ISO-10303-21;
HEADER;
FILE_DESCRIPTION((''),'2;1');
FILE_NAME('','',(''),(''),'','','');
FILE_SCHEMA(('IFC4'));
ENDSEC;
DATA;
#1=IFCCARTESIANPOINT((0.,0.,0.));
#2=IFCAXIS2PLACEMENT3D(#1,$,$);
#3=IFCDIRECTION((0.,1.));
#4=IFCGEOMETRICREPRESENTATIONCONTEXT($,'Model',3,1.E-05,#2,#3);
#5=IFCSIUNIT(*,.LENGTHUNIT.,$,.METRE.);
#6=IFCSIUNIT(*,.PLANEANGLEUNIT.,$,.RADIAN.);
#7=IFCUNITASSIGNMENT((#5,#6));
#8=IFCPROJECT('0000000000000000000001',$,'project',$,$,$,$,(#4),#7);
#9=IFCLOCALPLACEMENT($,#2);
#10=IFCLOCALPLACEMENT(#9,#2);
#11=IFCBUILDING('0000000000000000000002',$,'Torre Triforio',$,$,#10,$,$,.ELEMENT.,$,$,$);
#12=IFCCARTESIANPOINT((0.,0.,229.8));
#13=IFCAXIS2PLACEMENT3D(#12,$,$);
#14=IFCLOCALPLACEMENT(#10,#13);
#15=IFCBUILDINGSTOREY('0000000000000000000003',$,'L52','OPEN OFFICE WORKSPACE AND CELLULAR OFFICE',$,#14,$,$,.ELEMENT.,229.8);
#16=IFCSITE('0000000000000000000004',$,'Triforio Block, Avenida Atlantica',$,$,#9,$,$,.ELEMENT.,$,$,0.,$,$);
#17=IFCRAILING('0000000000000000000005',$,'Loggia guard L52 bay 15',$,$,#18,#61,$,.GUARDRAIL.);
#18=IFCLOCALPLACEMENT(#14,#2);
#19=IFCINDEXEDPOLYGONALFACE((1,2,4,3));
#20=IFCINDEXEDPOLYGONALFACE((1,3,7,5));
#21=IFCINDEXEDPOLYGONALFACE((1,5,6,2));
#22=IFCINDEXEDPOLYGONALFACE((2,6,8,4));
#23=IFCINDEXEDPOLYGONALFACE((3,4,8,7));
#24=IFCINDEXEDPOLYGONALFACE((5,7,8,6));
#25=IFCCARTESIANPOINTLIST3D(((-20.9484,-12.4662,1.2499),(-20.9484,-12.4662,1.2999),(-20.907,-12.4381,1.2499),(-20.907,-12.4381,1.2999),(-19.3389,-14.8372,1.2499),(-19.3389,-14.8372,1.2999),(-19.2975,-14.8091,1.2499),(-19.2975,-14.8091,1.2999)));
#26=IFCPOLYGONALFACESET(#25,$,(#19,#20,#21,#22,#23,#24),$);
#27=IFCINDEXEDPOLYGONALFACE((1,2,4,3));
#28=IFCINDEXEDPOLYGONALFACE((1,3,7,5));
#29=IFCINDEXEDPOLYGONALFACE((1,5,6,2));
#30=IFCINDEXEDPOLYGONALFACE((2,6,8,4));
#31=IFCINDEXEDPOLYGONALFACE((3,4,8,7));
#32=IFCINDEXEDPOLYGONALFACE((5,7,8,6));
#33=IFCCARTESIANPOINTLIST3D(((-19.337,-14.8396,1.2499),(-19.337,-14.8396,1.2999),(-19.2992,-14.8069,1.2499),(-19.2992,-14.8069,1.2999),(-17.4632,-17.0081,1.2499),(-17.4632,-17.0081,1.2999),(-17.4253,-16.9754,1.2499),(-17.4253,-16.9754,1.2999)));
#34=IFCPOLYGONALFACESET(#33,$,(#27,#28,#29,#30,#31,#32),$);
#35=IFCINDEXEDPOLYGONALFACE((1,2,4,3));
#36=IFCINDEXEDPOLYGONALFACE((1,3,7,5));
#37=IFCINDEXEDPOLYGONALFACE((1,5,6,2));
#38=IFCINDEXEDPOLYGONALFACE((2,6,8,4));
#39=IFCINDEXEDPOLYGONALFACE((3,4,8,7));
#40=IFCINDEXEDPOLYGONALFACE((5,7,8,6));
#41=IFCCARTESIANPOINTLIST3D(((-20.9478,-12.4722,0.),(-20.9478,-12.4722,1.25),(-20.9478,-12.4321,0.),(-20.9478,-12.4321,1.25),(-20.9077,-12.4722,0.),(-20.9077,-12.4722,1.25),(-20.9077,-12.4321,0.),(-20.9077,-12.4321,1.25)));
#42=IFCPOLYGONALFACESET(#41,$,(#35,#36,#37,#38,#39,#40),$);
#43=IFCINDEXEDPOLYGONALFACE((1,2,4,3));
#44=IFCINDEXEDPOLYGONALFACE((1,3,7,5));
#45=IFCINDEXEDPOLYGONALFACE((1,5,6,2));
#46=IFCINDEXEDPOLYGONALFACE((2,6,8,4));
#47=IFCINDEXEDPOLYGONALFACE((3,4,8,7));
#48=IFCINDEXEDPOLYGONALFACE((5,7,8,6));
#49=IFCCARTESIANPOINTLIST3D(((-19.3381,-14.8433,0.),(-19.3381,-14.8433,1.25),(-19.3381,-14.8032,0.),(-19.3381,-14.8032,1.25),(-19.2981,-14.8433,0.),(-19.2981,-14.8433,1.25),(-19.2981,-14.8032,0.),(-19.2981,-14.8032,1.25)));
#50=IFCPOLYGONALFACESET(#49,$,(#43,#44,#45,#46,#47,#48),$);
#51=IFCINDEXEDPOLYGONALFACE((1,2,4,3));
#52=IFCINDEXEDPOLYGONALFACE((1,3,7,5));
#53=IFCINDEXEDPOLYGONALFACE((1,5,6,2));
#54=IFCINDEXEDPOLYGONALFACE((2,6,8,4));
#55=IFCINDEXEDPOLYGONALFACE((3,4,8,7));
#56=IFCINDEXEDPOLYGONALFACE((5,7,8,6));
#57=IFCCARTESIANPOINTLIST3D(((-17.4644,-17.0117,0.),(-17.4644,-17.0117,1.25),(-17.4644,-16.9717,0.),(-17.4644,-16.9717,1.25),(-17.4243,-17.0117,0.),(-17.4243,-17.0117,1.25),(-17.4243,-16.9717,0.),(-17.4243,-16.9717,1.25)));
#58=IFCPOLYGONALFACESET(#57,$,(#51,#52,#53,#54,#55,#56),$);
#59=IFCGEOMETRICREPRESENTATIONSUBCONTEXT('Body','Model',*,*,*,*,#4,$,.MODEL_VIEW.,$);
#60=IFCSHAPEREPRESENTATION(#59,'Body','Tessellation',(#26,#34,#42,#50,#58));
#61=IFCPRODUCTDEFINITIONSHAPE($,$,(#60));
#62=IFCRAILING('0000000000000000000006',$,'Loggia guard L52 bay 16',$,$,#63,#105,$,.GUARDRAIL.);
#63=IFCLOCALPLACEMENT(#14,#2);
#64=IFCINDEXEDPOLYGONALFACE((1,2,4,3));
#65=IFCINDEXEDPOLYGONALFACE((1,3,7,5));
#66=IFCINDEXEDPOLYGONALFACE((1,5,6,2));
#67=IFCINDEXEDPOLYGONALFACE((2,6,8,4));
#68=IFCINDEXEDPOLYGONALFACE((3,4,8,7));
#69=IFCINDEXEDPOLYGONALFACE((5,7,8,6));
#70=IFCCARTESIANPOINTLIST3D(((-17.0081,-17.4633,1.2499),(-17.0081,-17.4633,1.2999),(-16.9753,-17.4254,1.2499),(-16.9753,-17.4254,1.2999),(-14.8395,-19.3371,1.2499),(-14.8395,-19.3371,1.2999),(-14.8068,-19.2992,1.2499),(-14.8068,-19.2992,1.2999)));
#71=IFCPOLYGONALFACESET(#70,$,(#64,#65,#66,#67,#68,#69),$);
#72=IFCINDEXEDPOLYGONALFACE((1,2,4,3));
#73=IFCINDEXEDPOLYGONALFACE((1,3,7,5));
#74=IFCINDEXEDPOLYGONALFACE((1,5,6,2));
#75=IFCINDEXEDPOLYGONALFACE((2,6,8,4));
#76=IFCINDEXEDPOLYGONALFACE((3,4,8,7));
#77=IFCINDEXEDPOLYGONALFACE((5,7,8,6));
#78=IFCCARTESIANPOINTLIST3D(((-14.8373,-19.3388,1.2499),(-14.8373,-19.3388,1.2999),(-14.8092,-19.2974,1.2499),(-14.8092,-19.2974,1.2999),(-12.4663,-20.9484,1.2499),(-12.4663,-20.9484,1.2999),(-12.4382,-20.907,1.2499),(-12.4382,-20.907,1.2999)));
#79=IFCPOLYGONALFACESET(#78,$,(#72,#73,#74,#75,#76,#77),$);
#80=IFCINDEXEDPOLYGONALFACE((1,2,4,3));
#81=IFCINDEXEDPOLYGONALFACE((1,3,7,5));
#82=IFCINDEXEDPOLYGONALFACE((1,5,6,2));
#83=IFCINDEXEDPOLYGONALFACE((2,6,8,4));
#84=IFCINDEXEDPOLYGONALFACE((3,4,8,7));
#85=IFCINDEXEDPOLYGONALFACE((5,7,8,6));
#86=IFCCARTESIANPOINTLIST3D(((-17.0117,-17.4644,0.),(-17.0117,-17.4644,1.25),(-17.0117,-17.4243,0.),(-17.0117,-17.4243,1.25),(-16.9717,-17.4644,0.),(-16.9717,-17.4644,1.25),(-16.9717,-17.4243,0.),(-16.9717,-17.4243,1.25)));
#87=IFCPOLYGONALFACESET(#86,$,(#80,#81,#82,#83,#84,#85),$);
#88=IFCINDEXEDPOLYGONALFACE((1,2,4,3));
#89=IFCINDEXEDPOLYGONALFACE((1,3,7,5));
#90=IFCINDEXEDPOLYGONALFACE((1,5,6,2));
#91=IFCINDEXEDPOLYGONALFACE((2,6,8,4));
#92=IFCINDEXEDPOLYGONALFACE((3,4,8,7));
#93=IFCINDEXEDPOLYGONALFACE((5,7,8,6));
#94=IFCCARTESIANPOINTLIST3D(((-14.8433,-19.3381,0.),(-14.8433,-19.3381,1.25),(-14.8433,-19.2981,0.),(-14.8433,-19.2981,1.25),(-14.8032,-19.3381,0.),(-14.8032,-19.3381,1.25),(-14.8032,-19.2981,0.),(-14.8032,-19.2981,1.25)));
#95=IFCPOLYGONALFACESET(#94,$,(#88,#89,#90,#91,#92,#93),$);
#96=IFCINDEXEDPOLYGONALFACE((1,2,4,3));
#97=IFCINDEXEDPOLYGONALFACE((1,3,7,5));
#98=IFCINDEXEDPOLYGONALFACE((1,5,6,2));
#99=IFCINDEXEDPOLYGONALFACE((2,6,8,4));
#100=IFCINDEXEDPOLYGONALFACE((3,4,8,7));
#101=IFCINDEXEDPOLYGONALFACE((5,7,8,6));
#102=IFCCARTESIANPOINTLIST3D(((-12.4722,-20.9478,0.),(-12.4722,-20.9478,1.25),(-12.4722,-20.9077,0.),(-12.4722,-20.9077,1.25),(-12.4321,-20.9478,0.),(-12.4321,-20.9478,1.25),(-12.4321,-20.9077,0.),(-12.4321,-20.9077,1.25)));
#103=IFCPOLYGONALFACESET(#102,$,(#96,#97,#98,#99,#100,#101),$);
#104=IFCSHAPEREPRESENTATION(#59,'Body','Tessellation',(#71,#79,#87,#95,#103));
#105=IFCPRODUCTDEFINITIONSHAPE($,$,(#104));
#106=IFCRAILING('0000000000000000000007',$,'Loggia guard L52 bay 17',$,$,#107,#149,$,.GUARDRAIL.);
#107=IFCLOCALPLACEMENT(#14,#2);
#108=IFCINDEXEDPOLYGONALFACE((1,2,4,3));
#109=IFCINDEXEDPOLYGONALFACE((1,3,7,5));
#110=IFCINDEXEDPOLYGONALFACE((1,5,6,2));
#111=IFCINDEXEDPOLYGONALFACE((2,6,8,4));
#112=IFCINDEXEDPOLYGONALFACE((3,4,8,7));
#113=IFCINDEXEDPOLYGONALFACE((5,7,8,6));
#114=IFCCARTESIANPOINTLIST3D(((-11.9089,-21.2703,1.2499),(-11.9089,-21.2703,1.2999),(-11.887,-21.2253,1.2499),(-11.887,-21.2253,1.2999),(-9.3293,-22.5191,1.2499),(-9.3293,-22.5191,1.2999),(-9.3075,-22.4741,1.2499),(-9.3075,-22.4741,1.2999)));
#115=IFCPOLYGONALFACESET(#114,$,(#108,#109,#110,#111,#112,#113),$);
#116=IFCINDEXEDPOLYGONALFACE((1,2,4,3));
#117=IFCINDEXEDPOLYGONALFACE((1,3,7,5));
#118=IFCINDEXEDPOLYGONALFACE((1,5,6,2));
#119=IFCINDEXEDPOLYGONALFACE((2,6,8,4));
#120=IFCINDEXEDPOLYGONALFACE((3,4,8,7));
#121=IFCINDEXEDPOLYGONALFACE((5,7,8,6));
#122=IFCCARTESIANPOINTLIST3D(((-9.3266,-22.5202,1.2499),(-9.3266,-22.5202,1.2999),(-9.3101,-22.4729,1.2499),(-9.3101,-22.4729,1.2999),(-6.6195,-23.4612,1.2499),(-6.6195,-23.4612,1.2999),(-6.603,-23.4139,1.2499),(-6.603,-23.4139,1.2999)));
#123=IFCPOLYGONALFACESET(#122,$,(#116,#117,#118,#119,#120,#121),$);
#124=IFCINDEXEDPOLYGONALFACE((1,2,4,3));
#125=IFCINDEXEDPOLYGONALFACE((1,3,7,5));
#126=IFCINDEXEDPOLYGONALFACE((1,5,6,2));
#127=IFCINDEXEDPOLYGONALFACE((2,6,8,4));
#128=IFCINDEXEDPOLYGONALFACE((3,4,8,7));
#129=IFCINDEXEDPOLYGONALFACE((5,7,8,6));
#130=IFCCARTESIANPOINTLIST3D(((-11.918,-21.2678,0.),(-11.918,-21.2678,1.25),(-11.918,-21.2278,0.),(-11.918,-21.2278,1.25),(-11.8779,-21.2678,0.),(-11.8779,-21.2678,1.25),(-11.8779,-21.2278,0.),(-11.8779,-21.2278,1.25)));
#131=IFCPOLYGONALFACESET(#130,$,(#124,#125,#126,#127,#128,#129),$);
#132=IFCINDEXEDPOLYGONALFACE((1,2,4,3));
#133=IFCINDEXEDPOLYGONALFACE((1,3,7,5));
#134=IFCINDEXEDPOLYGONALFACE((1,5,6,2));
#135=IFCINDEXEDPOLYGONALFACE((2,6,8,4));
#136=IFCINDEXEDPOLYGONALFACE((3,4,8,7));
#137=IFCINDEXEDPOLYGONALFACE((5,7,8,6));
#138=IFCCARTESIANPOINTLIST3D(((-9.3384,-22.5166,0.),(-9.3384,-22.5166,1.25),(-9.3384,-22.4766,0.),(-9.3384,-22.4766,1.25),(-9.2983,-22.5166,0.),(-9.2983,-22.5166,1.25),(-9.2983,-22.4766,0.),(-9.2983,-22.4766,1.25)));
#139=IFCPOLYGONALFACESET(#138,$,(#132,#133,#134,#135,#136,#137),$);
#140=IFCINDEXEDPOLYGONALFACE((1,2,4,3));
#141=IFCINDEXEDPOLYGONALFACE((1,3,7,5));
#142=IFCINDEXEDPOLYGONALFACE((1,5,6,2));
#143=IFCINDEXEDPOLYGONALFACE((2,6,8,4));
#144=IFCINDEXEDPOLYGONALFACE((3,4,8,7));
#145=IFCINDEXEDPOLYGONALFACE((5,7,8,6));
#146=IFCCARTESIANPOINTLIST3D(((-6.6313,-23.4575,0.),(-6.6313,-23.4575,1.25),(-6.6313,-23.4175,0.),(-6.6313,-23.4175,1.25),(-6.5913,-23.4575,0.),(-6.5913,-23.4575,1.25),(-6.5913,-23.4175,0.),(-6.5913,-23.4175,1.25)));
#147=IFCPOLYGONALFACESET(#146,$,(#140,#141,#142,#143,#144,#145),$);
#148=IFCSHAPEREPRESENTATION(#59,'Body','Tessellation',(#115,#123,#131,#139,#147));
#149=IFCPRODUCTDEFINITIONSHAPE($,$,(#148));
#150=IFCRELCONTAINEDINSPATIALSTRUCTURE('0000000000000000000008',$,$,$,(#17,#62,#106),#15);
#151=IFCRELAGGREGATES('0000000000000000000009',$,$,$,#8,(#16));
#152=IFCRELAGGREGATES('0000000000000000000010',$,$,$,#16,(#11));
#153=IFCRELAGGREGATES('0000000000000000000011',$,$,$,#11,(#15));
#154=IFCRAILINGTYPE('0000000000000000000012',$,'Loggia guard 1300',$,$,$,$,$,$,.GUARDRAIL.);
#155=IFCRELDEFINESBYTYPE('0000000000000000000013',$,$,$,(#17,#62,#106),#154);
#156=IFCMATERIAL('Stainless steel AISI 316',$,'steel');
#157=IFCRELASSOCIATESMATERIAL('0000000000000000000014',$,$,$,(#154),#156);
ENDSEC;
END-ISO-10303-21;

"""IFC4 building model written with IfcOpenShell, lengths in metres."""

from ifc_helpers import new_model, si_unit, direction, frame, origin, origin_2d, place, context, subcontext, project, spatial, rectangle, extrude, material, type_object, element, save


model = new_model("IFC4")

# Units and contexts
model_context = context("Model", 3, precision=1e-05, world=origin(), true_north=direction((0.0, 1.0)))
body_context = subcontext(model_context, "Body", "Model", "MODEL_VIEW")
ifc_project = project(units=[si_unit("LENGTHUNIT", "METRE"), si_unit("PLANEANGLEUNIT", "RADIAN")], contexts=[model_context])

# Site, building, storey
site_placement = place(None, origin())
site = spatial("IfcSite", under=ifc_project, at=site_placement, Name="Triforio Block, Avenida Atlantica", CompositionType="ELEMENT", RefElevation=0.0)
building_placement = place(site_placement, origin())
building = spatial("IfcBuilding", under=site, at=building_placement, Name="Torre Triforio", CompositionType="ELEMENT")
storey_placement = place(building_placement, frame((0.0, 0.0, 229.8)))
storey = spatial("IfcBuildingStorey", under=building, at=storey_placement, Name="L52", Description="OPEN OFFICE WORKSPACE AND CELLULAR OFFICE", CompositionType="ELEMENT", Elevation=229.8)

# Railings
ifc_material_1 = material(Name="Stainless steel AISI 316", Category="steel")
railing_type = type_object("IfcRailingType", Name="Loggia guard 1300", PredefinedType="GUARDRAIL", material=ifc_material_1)
railing_1_placement = place(storey_placement, frame((-20.9277, -12.4521, 0.0)))
element("IfcRailing", 1, at=railing_1_placement, inside=storey, type_object=railing_type, Name="Loggia guard L52 bay 15", PredefinedType="GUARDRAIL", context=body_context, shape_type="SweptSolid", body=[
    extrude(rectangle(XDim=0.05, YDim=0.05, at=origin_2d()), frame((0.0, 0.0, 1.2749), z_axis=(0.56166, -0.827368, 0.0), x_axis=(0.827368, 0.56166, 0.0)), (0.0, 0.0, 1.0), 2.8657),
    extrude(rectangle(XDim=0.05, YDim=0.05, at=origin_2d()), frame((1.6096, -2.3711, 1.2749), z_axis=(0.653824, -0.756647, 0.0), x_axis=(0.756647, 0.653824, 0.0)), (0.0, 0.0, 1.0), 2.866),
    extrude(rectangle(XDim=0.04, YDim=0.04, at=origin_2d()), origin(), (0.0, 0.0, 1.0), 1.25),
    extrude(rectangle(XDim=0.04, YDim=0.04, at=origin_2d()), frame((1.6096, -2.3711, 0.0)), (0.0, 0.0, 1.0), 1.25),
    extrude(rectangle(XDim=0.04, YDim=0.04, at=origin_2d()), frame((3.4834, -4.5396, 0.0)), (0.0, 0.0, 1.0), 1.25),
])
railing_2_placement = place(storey_placement, frame((-16.9917, -17.4443, 0.0)))
element("IfcRailing", 2, at=railing_2_placement, inside=storey, type_object=railing_type, Name="Loggia guard L52 bay 16", PredefinedType="GUARDRAIL", context=body_context, shape_type="SweptSolid", body=[
    extrude(rectangle(XDim=0.05, YDim=0.05, at=origin_2d()), frame((0.0, 0.0, 1.2749), z_axis=(0.756647, -0.653824, 0.0), x_axis=(0.653824, 0.756647, 0.0)), (0.0, 0.0, 1.0), 2.866),
    extrude(rectangle(XDim=0.05, YDim=0.05, at=origin_2d()), frame((2.1685, -1.8738, 1.2749), z_axis=(0.827368, -0.56166, 0.0), x_axis=(0.56166, 0.827368, 0.0)), (0.0, 0.0, 1.0), 2.8657),
    extrude(rectangle(XDim=0.04, YDim=0.04, at=origin_2d()), origin(), (0.0, 0.0, 1.0), 1.25),
    extrude(rectangle(XDim=0.04, YDim=0.04, at=origin_2d()), frame((2.1685, -1.8738, 0.0)), (0.0, 0.0, 1.0), 1.25),
    extrude(rectangle(XDim=0.04, YDim=0.04, at=origin_2d()), frame((4.5396, -3.4834, 0.0)), (0.0, 0.0, 1.0), 1.25),
])
railing_3_placement = place(storey_placement, frame((-11.8979, -21.2478, 0.0)))
element("IfcRailing", 3, at=railing_3_placement, inside=storey, type_object=railing_type, Name="Loggia guard L52 bay 17", PredefinedType="GUARDRAIL", context=body_context, shape_type="SweptSolid", body=[
    extrude(rectangle(XDim=0.05, YDim=0.05, at=origin_2d()), frame((0.0, 0.0, 1.2749), z_axis=(0.900078, -0.435728, 0.0), x_axis=(0.435728, 0.900078, 0.0)), (0.0, 0.0, 1.0), 2.866),
    extrude(rectangle(XDim=0.05, YDim=0.05, at=origin_2d()), frame((2.5796, -1.2488, 1.2749), z_axis=(0.944568, -0.328316, 0.0), x_axis=(0.328316, 0.944568, 0.0)), (0.0, 0.0, 1.0), 2.866),
    extrude(rectangle(XDim=0.04, YDim=0.04, at=origin_2d()), origin(), (0.0, 0.0, 1.0), 1.25),
    extrude(rectangle(XDim=0.04, YDim=0.04, at=origin_2d()), frame((2.5796, -1.2488, 0.0)), (0.0, 0.0, 1.0), 1.25),
    extrude(rectangle(XDim=0.04, YDim=0.04, at=origin_2d()), frame((5.2866, -2.1897, 0.0)), (0.0, 0.0, 1.0), 1.25),
])

save(model, "model.ifc")
